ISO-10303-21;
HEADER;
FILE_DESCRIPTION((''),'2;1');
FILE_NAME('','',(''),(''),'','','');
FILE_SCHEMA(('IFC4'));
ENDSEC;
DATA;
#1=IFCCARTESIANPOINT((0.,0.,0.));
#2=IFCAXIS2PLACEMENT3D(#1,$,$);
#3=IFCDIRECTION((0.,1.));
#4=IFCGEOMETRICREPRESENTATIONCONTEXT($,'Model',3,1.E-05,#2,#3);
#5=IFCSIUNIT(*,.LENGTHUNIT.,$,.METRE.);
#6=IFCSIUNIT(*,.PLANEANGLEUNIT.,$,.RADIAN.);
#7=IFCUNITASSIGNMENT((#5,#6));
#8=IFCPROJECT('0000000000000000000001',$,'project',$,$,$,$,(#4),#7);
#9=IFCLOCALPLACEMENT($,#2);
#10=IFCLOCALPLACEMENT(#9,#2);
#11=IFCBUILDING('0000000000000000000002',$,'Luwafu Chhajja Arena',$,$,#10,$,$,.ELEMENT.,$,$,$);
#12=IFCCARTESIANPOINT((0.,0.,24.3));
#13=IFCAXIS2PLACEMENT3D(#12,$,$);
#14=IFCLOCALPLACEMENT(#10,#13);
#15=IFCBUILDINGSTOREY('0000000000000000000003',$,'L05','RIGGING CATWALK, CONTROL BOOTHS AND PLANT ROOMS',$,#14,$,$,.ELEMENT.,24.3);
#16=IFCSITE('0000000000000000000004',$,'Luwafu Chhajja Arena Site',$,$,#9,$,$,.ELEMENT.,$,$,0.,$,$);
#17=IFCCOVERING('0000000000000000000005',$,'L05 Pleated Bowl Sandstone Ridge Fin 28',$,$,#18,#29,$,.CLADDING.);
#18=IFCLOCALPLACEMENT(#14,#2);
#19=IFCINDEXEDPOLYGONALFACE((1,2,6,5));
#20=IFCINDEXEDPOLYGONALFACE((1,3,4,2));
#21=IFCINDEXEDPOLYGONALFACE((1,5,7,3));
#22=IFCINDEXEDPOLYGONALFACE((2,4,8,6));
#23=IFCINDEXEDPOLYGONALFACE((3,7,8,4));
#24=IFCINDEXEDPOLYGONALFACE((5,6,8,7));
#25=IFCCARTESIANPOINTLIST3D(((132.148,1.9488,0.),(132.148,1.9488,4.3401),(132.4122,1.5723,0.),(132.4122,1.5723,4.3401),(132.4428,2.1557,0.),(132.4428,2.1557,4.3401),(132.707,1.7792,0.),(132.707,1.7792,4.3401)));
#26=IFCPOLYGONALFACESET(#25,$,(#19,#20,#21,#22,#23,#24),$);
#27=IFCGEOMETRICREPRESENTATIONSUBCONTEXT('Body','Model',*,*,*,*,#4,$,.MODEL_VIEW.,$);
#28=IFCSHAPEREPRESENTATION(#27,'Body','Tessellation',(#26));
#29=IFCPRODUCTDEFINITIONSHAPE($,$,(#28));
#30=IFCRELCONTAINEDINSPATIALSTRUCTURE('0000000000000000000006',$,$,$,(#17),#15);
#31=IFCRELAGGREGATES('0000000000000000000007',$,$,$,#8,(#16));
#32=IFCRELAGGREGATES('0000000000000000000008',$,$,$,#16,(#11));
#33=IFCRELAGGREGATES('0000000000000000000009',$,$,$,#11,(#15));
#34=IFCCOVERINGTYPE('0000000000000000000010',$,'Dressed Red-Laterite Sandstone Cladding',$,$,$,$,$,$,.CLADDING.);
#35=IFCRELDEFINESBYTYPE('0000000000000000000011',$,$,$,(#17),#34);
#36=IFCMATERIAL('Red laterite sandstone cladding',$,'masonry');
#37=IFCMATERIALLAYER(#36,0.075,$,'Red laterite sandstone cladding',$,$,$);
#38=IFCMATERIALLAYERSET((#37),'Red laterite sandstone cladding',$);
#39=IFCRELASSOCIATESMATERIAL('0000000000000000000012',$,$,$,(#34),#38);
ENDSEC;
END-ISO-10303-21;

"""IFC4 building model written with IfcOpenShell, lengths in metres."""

from ifc_helpers import new_model, si_unit, direction, frame, origin, origin_2d, place, context, subcontext, project, spatial, rectangle, extrude, material, layer, layer_set, type_object, element, save


model = new_model("IFC4")

# Units and contexts
model_context = context("Model", 3, precision=1e-05, world=origin(), true_north=direction((0.0, 1.0)))
body_context = subcontext(model_context, "Body", "Model", "MODEL_VIEW")
ifc_project = project(units=[si_unit("LENGTHUNIT", "METRE"), si_unit("PLANEANGLEUNIT", "RADIAN")], contexts=[model_context])

# Site, building, storey
site_placement = place(None, origin())
site = spatial("IfcSite", under=ifc_project, at=site_placement, Name="Luwafu Chhajja Arena Site", CompositionType="ELEMENT", RefElevation=0.0)
building_placement = place(site_placement, origin())
building = spatial("IfcBuilding", under=site, at=building_placement, Name="Luwafu Chhajja Arena", CompositionType="ELEMENT")
storey_placement = place(building_placement, frame((0.0, 0.0, 24.3)))
storey = spatial("IfcBuildingStorey", under=building, at=storey_placement, Name="L05", Description="RIGGING CATWALK, CONTROL BOOTHS AND PLANT ROOMS", CompositionType="ELEMENT", Elevation=24.3)

# Covering
ifc_material_1 = material(Name="Red laterite sandstone cladding", Category="masonry")
ifc_layer_1 = layer(ifc_material_1, 0.075, Name="Red laterite sandstone cladding")
ifc_layer_set_1 = layer_set([ifc_layer_1], Name="Red laterite sandstone cladding")
covering_type = type_object("IfcCoveringType", Name="Dressed Red-Laterite Sandstone Cladding", PredefinedType="CLADDING", material=ifc_layer_set_1)
for number, where, z_axis, x_axis, name in (
    (1, (132.4275, 1.864, 0.0), (0.0, 0.0, 1.0), (0.574411, -0.818567, 0.0), "L05 Pleated Bowl Sandstone Ridge Fin 28"),
):
    element("IfcCovering", number, at=place(storey_placement, frame(where, z_axis=z_axis, x_axis=x_axis)), inside=storey, type_object=covering_type, Name=name, PredefinedType="CLADDING", context=body_context, shape_type="SweptSolid", body=[
        extrude(rectangle(XDim=0.46, YDim=0.3601, at=origin_2d()), origin(), (0.0, 0.0, 1.0), 4.3401),
    ])

save(model, "model.ifc")
